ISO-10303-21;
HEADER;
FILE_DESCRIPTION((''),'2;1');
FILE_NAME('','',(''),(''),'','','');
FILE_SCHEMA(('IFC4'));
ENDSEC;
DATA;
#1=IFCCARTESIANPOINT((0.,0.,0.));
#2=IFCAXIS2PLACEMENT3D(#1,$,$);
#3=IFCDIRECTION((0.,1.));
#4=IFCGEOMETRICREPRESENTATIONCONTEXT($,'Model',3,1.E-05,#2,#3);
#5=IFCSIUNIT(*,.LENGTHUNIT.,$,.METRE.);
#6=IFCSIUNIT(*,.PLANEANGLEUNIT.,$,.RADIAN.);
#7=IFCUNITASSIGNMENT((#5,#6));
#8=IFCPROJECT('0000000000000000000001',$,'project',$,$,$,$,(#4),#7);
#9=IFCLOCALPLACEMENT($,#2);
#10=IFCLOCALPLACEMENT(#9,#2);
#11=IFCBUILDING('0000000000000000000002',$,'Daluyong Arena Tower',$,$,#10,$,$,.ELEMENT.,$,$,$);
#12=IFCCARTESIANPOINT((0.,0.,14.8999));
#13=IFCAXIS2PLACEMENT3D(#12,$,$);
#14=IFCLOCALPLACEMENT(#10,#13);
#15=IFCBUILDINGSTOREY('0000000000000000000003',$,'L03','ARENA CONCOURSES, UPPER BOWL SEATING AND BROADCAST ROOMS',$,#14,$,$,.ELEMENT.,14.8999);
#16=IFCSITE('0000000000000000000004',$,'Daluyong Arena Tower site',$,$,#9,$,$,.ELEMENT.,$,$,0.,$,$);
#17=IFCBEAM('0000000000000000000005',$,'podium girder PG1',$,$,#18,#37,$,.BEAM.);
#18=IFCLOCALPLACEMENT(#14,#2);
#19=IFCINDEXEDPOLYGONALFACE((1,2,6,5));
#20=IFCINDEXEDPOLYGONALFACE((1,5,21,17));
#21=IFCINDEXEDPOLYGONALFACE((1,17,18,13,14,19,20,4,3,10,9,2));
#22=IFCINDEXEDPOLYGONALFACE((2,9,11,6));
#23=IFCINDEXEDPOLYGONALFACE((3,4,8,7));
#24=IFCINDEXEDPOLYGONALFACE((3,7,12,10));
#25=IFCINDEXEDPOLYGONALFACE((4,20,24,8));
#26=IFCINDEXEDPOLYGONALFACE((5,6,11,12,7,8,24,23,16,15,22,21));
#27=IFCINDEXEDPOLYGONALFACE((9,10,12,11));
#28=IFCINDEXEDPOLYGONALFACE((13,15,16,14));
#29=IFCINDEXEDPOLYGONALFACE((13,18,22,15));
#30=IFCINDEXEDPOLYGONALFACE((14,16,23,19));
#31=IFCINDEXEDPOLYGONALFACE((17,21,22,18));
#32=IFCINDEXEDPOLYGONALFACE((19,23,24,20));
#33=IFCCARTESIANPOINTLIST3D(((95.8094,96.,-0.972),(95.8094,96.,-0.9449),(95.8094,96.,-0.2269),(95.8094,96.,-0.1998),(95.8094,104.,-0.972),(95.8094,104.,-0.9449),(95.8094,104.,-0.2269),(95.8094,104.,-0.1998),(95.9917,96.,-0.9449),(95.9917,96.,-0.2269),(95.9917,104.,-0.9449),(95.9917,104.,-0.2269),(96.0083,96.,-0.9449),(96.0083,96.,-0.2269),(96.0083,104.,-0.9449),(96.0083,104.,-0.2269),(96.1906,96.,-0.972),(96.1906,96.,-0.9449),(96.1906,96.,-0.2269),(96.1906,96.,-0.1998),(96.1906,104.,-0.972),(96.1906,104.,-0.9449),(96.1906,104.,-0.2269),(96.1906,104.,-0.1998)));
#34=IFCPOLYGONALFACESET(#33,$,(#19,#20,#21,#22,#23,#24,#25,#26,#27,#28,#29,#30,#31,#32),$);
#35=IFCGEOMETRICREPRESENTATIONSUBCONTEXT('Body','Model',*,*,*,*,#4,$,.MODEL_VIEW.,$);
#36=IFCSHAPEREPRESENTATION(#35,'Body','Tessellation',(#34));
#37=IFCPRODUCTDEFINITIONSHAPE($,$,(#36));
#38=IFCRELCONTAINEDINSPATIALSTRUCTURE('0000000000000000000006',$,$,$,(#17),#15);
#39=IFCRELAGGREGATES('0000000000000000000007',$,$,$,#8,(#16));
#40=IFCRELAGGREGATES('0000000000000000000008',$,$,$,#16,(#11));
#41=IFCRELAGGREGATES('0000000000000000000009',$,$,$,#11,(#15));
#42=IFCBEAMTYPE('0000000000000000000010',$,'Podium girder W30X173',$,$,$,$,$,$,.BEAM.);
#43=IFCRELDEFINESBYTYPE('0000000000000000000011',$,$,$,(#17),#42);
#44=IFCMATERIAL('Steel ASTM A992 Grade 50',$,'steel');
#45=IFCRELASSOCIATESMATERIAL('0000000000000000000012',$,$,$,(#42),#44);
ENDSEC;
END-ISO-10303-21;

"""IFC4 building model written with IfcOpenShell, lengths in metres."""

from ifc_helpers import new_model, si_unit, direction, frame, origin, origin_2d, place, context, subcontext, project, spatial, i_section, extrude, material, material_profile, profile_set, type_object, element, save


model = new_model("IFC4")

# Units and contexts
model_context = context("Model", 3, precision=1e-05, world=origin(), true_north=direction((0.0, 1.0)))
body_context = subcontext(model_context, "Body", "Model", "MODEL_VIEW")
ifc_project = project(units=[si_unit("LENGTHUNIT", "METRE"), si_unit("PLANEANGLEUNIT", "RADIAN")], contexts=[model_context])

# Site, building, storey
site_placement = place(None, origin())
site = spatial("IfcSite", under=ifc_project, at=site_placement, Name="Daluyong Arena Tower site", CompositionType="ELEMENT", RefElevation=0.0)
building_placement = place(site_placement, origin())
building = spatial("IfcBuilding", under=site, at=building_placement, Name="Daluyong Arena Tower", CompositionType="ELEMENT")
storey_placement = place(building_placement, frame((0.0, 0.0, 14.8999)))
storey = spatial("IfcBuildingStorey", under=building, at=storey_placement, Name="L03", Description="ARENA CONCOURSES, UPPER BOWL SEATING AND BROADCAST ROOMS", CompositionType="ELEMENT", Elevation=14.8999)

# Beam
ifc_material_1 = material(Name="Steel ASTM A992 Grade 50", Category="steel")
ifc_material_profile_1 = material_profile(ifc_material_1, i_section(OverallWidth=0.3811, OverallDepth=0.7722, WebThickness=0.0166, FlangeThickness=0.0271, at=origin_2d()))
ifc_profile_set_1 = profile_set([ifc_material_profile_1], Name="Steel ASTM A992 Grade 50")
beam_type_1 = type_object("IfcBeamType", Name="Podium girder W30X173", PredefinedType="BEAM", material=ifc_profile_set_1)
for number, where, z_axis, x_axis, name in (
    (1, (96.0, 96.0, -0.5859), (0.0, 1.0, 0.0), (-1.0, 0.0, 0.0), "podium girder PG1"),
):
    element("IfcBeam", number, at=place(storey_placement, frame(where, z_axis=z_axis, x_axis=x_axis)), inside=storey, type_object=beam_type_1, Name=name, PredefinedType="BEAM", context=body_context, shape_type="SweptSolid", body=[
        extrude(i_section(OverallWidth=0.3811, OverallDepth=0.7722, WebThickness=0.0166, FlangeThickness=0.0271, at=origin_2d()), origin(), (0.0, 0.0, 1.0), 8.0),
    ])

save(model, "model.ifc")
